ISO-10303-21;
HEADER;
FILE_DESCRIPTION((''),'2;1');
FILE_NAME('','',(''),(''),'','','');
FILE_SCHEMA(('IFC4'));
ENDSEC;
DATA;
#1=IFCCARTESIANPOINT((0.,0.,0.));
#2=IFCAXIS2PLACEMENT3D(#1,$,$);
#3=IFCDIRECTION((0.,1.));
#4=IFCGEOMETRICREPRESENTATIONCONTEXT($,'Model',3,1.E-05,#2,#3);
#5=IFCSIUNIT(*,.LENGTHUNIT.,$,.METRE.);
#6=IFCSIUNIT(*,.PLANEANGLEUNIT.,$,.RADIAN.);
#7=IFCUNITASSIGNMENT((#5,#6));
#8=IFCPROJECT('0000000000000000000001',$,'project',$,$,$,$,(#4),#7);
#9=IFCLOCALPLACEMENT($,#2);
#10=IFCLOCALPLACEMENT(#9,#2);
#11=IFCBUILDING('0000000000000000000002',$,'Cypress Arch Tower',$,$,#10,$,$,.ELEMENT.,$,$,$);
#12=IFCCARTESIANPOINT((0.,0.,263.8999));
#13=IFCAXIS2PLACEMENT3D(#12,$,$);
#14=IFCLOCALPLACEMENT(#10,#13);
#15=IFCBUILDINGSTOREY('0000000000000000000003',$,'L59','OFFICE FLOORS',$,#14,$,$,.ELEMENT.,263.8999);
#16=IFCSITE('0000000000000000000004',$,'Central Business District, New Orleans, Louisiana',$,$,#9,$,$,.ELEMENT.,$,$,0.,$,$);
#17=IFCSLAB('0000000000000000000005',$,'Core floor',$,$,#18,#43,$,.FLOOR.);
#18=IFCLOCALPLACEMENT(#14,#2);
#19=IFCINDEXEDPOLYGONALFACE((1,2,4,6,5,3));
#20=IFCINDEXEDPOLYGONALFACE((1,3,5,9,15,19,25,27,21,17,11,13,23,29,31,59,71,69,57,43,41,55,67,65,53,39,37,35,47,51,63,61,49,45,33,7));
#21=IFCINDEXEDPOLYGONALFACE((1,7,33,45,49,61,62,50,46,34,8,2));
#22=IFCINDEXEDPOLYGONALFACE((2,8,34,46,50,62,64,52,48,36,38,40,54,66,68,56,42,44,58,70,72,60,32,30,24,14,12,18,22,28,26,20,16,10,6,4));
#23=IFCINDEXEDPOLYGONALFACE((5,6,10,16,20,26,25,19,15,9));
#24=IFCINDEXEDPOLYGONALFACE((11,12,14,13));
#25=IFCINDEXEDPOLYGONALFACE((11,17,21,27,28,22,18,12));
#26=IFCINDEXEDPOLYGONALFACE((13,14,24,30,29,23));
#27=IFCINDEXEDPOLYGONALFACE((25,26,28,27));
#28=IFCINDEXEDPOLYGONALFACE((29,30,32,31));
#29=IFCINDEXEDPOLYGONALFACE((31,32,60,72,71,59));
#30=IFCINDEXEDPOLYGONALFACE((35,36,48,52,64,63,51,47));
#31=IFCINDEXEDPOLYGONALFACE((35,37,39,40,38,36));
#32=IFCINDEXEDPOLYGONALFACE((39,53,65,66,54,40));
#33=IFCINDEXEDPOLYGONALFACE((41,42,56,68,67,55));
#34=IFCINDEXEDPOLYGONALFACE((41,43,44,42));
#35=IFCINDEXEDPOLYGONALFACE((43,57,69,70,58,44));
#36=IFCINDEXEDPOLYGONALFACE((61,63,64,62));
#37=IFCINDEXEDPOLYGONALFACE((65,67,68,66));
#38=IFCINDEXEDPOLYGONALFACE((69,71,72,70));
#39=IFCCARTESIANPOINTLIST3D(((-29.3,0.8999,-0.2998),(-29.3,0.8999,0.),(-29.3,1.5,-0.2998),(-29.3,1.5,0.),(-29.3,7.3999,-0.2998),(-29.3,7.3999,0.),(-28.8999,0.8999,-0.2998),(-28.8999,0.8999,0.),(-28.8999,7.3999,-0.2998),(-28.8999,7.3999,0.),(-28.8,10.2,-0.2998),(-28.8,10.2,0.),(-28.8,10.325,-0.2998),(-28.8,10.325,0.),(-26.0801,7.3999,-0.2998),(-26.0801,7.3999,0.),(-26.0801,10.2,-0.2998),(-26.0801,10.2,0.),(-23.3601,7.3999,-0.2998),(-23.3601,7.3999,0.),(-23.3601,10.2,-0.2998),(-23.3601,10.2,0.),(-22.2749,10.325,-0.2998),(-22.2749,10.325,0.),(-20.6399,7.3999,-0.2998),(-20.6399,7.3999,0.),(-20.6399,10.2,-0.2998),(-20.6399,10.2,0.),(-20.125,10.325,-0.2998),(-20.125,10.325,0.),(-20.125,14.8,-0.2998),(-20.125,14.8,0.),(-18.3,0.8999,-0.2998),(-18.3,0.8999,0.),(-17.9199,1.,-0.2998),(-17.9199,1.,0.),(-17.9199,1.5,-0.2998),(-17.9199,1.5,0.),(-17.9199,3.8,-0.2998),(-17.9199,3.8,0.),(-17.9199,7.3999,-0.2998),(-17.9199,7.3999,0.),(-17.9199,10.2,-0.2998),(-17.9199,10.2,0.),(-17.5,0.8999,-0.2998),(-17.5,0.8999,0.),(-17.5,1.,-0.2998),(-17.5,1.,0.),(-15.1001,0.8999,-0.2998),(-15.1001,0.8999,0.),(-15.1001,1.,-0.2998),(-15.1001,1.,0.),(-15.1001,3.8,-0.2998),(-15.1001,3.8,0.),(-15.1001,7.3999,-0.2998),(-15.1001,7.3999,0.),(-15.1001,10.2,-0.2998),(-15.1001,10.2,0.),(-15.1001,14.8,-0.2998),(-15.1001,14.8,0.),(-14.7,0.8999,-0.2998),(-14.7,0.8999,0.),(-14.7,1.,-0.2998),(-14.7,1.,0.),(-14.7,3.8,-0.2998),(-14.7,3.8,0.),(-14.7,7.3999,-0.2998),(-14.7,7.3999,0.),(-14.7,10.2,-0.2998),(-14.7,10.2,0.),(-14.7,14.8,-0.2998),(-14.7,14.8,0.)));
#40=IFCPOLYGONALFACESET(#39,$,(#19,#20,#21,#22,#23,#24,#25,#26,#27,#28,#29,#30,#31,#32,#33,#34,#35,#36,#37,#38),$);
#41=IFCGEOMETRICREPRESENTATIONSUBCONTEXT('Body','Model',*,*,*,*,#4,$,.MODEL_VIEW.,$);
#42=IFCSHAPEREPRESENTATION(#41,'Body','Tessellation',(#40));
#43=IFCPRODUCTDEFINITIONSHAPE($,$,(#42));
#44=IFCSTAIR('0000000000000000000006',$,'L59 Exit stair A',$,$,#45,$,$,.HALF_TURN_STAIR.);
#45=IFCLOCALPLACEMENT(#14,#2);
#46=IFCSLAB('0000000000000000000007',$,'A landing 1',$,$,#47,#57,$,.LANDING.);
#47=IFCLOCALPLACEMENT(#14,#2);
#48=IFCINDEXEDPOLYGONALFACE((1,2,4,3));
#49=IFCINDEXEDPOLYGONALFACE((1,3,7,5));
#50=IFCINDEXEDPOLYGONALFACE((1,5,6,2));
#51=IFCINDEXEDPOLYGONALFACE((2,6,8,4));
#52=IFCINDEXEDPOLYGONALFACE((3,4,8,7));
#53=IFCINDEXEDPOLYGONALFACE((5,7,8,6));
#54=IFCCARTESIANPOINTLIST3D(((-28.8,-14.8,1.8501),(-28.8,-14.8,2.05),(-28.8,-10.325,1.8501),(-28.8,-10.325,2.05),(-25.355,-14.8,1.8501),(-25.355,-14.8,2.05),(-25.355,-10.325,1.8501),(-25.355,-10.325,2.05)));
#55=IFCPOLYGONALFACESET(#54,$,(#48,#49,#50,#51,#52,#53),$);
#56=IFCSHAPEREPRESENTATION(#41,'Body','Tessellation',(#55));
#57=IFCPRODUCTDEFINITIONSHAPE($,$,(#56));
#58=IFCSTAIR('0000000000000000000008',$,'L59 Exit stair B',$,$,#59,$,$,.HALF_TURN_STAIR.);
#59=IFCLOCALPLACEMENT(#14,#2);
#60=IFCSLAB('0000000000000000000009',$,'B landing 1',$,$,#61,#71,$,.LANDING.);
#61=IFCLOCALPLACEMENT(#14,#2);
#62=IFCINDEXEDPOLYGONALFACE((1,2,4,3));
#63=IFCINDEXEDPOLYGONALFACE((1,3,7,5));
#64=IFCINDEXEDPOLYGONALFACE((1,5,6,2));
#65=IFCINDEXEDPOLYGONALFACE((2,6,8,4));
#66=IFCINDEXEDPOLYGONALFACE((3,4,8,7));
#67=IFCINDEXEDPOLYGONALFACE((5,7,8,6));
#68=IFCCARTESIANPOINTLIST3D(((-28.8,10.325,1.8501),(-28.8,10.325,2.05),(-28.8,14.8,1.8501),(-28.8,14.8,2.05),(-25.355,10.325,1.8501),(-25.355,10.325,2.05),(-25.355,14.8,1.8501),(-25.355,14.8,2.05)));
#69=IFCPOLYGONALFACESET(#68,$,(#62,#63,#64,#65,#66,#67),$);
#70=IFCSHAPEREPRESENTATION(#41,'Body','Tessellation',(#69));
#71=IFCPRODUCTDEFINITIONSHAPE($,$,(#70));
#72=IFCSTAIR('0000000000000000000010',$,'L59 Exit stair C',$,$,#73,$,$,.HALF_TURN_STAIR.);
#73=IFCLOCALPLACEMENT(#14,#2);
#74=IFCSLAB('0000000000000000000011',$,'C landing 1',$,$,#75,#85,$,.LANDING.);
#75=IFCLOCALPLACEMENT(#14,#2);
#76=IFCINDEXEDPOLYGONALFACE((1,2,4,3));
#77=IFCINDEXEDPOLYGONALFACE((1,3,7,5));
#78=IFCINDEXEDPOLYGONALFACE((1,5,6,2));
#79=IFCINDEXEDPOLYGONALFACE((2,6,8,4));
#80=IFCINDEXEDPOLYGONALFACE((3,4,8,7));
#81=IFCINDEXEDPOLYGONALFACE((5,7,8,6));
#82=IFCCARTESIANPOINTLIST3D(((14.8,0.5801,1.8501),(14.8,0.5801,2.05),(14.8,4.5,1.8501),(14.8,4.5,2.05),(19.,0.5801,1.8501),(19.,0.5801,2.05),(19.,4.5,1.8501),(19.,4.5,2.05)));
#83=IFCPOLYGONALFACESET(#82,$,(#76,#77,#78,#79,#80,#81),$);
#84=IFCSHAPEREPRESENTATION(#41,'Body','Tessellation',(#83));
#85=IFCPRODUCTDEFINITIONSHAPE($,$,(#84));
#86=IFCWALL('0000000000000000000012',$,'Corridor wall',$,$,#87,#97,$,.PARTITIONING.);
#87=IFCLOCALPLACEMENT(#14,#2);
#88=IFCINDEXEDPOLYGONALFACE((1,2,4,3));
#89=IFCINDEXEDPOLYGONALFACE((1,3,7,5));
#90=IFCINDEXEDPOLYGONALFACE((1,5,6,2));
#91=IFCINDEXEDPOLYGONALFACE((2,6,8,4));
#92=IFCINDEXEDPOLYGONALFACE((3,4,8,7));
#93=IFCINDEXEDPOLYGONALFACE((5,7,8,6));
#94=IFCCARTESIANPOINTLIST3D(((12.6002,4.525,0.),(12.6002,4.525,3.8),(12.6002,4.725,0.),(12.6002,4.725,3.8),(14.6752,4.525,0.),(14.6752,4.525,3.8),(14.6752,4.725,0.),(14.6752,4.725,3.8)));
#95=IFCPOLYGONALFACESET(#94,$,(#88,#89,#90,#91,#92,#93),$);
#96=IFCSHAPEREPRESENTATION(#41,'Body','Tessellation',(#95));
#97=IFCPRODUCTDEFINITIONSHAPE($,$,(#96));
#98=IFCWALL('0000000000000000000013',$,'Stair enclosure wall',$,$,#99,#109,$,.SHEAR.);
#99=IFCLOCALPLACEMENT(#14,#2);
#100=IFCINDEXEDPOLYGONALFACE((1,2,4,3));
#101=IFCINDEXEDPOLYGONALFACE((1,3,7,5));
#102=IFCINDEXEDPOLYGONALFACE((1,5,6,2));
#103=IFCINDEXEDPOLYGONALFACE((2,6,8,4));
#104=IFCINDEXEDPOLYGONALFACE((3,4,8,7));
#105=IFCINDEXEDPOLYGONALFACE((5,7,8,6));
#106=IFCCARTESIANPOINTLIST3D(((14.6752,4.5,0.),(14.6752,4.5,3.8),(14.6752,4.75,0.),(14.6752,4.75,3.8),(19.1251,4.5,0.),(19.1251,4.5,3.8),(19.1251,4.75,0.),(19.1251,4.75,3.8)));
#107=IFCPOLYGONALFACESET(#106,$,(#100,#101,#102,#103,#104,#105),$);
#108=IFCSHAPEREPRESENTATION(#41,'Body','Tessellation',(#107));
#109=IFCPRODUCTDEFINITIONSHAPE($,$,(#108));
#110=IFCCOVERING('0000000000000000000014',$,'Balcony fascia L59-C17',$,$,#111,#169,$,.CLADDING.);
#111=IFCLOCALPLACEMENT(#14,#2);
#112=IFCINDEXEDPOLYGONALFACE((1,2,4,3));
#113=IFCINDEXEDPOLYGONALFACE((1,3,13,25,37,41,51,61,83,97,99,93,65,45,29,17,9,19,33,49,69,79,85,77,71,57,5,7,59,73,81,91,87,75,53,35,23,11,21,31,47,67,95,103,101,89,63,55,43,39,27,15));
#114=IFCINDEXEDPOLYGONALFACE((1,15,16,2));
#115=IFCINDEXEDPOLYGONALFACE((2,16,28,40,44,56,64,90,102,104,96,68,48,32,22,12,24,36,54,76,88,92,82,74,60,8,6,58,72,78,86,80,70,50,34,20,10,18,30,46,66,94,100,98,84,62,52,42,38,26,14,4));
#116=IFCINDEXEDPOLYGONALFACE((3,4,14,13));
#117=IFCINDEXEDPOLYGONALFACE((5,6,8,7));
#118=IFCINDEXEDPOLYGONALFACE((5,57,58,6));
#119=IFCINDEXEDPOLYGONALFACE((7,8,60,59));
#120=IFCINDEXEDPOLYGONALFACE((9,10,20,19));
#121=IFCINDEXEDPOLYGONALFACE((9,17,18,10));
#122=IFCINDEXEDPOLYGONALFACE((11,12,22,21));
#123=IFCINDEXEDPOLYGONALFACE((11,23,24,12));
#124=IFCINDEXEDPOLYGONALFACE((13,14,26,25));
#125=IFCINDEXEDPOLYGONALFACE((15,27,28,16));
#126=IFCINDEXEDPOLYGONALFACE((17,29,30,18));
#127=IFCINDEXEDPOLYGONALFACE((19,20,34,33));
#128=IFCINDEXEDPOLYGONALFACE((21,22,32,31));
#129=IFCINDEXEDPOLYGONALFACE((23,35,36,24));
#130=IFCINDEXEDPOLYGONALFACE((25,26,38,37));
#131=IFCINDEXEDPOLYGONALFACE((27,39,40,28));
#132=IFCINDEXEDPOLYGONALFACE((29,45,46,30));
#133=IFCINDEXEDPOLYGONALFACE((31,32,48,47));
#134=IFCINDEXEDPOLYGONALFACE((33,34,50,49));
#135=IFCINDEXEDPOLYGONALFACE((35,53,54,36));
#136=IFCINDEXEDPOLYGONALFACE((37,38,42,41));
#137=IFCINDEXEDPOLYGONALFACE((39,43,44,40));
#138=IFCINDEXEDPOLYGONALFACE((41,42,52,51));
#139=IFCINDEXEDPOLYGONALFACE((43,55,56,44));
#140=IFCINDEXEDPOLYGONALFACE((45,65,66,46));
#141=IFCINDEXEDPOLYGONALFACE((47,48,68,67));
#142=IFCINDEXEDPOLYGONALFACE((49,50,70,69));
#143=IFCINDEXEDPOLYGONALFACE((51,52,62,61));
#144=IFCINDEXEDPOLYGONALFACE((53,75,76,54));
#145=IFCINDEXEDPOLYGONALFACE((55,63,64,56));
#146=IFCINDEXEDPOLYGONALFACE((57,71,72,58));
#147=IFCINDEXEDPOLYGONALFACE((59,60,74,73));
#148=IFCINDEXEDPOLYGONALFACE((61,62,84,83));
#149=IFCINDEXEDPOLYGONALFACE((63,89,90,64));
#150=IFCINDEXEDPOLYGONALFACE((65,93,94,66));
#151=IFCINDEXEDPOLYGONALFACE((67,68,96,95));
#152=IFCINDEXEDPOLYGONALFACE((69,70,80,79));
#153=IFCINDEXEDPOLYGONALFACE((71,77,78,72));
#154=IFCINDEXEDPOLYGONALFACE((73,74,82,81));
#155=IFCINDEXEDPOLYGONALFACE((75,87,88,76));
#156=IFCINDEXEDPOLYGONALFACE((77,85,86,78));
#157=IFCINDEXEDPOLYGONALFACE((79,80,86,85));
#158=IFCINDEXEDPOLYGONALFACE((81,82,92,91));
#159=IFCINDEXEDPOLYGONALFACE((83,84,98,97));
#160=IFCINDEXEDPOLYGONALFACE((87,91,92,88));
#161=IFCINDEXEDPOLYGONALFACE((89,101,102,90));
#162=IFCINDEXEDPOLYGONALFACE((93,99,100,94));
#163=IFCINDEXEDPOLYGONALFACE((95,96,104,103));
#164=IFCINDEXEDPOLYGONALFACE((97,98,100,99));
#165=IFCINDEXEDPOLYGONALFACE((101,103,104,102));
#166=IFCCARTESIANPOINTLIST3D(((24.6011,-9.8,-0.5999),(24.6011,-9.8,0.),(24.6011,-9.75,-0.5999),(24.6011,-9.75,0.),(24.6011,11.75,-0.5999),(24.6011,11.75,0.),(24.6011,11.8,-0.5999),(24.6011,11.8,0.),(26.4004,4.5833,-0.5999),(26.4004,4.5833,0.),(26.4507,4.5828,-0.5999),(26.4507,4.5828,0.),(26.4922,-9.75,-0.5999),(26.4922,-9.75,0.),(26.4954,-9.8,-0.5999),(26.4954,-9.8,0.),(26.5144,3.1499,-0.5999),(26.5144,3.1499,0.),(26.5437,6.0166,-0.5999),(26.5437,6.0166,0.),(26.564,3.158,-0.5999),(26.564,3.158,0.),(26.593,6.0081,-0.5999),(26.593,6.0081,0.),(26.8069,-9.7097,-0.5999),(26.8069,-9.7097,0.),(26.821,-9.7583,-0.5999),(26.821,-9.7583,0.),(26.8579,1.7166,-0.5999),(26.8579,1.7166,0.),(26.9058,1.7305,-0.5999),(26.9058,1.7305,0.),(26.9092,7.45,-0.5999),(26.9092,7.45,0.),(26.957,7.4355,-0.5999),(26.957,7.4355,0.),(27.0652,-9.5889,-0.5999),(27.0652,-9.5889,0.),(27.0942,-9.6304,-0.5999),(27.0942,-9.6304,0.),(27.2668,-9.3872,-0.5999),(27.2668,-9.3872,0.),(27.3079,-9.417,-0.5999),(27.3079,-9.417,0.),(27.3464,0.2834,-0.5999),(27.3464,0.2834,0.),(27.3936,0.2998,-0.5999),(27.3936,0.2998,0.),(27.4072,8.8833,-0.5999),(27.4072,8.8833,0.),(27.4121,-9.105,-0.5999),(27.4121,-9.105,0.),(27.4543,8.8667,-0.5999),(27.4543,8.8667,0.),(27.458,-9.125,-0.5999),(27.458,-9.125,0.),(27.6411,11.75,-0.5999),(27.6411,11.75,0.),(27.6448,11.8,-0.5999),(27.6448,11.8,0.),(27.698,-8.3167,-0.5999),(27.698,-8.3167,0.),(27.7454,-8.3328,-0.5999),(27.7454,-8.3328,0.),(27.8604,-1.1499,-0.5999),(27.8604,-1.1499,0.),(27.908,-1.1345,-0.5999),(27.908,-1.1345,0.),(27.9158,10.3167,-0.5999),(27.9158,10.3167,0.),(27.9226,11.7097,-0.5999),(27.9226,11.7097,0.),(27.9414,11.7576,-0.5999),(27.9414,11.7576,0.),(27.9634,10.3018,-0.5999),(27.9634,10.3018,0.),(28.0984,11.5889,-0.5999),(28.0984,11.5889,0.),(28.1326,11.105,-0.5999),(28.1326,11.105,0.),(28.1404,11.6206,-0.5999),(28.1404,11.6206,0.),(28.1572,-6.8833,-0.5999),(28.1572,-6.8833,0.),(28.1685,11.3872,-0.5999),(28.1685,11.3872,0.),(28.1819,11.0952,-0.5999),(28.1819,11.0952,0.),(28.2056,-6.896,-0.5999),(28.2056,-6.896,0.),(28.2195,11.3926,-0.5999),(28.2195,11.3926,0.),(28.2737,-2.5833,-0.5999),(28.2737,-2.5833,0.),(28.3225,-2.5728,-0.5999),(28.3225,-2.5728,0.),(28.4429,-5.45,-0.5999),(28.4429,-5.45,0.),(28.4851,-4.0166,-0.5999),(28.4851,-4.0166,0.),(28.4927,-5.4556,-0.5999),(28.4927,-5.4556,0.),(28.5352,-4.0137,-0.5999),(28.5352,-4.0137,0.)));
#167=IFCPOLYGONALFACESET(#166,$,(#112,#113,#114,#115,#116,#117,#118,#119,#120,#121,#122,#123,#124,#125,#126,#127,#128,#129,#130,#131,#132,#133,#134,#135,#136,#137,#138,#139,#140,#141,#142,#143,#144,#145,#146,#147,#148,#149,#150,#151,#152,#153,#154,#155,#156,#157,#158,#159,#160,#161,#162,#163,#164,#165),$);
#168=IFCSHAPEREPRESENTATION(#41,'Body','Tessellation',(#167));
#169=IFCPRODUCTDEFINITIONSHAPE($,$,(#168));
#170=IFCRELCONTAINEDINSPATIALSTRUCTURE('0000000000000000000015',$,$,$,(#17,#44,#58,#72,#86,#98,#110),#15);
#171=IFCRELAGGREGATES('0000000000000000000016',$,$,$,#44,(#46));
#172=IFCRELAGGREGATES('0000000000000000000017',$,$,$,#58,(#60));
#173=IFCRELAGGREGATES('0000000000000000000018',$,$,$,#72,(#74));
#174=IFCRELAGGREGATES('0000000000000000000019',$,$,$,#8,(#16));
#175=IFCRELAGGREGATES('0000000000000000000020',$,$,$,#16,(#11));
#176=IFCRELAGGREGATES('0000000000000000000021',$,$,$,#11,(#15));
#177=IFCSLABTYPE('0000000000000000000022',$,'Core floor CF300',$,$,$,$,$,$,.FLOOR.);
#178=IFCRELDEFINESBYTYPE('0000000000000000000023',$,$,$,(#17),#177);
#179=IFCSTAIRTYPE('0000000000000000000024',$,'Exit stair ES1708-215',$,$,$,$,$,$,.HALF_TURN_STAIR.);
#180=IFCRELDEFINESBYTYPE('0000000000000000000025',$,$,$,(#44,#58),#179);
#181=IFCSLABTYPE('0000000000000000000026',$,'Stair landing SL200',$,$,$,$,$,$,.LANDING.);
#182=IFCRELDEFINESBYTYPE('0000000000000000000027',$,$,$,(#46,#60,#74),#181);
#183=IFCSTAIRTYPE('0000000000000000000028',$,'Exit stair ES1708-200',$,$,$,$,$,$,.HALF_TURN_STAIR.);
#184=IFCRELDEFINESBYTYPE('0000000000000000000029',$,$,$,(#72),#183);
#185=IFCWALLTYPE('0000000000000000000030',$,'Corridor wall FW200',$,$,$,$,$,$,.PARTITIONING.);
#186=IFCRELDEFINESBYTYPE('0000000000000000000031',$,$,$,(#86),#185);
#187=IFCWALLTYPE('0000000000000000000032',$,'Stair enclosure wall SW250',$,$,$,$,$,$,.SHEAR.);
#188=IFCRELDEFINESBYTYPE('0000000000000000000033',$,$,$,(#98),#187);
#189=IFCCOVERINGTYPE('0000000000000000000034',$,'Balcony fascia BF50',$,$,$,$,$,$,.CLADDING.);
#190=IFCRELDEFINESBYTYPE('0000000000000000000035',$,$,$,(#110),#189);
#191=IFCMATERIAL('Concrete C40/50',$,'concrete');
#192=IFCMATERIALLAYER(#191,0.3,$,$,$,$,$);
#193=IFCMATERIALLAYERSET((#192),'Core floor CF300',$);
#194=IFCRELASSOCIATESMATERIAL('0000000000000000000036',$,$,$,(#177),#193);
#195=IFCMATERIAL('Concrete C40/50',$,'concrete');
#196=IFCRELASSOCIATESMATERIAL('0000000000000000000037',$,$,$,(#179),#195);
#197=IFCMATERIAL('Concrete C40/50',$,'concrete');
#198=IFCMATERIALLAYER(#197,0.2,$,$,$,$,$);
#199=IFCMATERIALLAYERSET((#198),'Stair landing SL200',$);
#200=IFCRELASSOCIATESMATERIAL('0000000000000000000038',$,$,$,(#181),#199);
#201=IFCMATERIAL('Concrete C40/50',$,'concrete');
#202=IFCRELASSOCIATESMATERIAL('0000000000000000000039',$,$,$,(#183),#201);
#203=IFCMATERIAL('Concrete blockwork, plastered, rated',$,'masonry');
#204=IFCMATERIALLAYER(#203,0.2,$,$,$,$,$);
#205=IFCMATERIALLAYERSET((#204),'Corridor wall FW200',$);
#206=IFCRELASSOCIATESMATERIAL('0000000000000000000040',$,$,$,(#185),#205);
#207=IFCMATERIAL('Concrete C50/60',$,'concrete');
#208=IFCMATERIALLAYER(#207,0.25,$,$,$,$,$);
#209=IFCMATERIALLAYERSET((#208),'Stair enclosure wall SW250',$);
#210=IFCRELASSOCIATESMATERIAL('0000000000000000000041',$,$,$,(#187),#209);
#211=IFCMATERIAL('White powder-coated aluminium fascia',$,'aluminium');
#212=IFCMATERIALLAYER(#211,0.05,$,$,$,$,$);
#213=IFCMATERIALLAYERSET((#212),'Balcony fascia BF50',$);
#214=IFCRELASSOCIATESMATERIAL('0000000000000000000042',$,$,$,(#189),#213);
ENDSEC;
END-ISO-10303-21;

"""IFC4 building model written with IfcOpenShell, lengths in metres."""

from ifc_helpers import new_model, si_unit, direction, frame, frame_2d, origin, place, context, subcontext, project, spatial, polyline, rectangle, outline, extrude, material, layer, layer_set, type_object, element, aggregate, save


model = new_model("IFC4")

# Units and contexts
model_context = context("Model", 3, precision=1e-05, world=origin(), true_north=direction((0.0, 1.0)))
body_context = subcontext(model_context, "Body", "Model", "MODEL_VIEW")
ifc_project = project(units=[si_unit("LENGTHUNIT", "METRE"), si_unit("PLANEANGLEUNIT", "RADIAN")], contexts=[model_context])

# Site, building, storey
site_placement = place(None, origin())
site = spatial("IfcSite", under=ifc_project, at=site_placement, Name="Central Business District, New Orleans, Louisiana", CompositionType="ELEMENT", RefElevation=0.0)
building_placement = place(site_placement, origin())
building = spatial("IfcBuilding", under=site, at=building_placement, Name="Cypress Arch Tower", CompositionType="ELEMENT")
storey_placement = place(building_placement, frame((0.0, 0.0, 263.8999)))
storey = spatial("IfcBuildingStorey", under=building, at=storey_placement, Name="L59", Description="OFFICE FLOORS", CompositionType="ELEMENT", Elevation=263.8999)

# Slab
ifc_material_1 = material(Name="Concrete C40/50", Category="concrete")
ifc_layer_1 = layer(ifc_material_1, 0.3)
ifc_layer_set_1 = layer_set([ifc_layer_1], Name="Core floor CF300")
slab_type_1 = type_object("IfcSlabType", Name="Core floor CF300", PredefinedType="FLOOR", material=ifc_layer_set_1)
slab_1_placement = place(storey_placement, frame((0.0, 0.0, -0.2998)))
element("IfcSlab", 1, at=slab_1_placement, inside=storey, type_object=slab_type_1, Name="Core floor", PredefinedType="FLOOR", context=body_context, shape_type="SweptSolid", body=[
    extrude(outline(polyline([(-20.6399, 10.2), (-23.3601, 10.2), (-26.0801, 10.2), (-28.8, 10.2), (-28.8, 10.325), (-22.2749, 10.325), (-20.125, 10.325), (-20.125, 14.8), (-15.1001, 14.8), (-14.7, 14.8), (-14.7, 10.2), (-15.1001, 10.2), (-17.9199, 10.2), (-17.9199, 7.3999), (-15.1001, 7.3999), (-14.7, 7.3999), (-14.7, 3.8), (-15.1001, 3.8), (-17.9199, 3.8), (-17.9199, 1.5), (-17.9199, 1.0), (-17.5, 1.0), (-15.1001, 1.0), (-14.7, 1.0), (-14.7, 0.8999), (-15.1001, 0.8999), (-17.5, 0.8999), (-18.3, 0.8999), (-28.8999, 0.8999), (-29.3, 0.8999), (-29.3, 1.5), (-29.3, 7.3999), (-28.8999, 7.3999), (-26.0801, 7.3999), (-23.3601, 7.3999), (-20.6399, 7.3999), (-20.6399, 10.2)])), origin(), (0.0, 0.0, 1.0), 0.2998),
])

# Stairs, slabs
ifc_material_2 = material(Name="Concrete C40/50", Category="concrete")
stair_type_1 = type_object("IfcStairType", Name="Exit stair ES1708-215", PredefinedType="HALF_TURN_STAIR", material=ifc_material_2)
stair_1_placement = place(storey_placement, origin())
stair_1 = element("IfcStair", 2, at=stair_1_placement, inside=storey, type_object=stair_type_1, Name="L59 Exit stair A", PredefinedType="HALF_TURN_STAIR")
ifc_material_3 = material(Name="Concrete C40/50", Category="concrete")
ifc_layer_2 = layer(ifc_material_3, 0.2)
ifc_layer_set_2 = layer_set([ifc_layer_2], Name="Stair landing SL200")
slab_type_2 = type_object("IfcSlabType", Name="Stair landing SL200", PredefinedType="LANDING", material=ifc_layer_set_2)
slab_2_placement = place(storey_placement, frame((0.0, 0.0, 1.8501)))
slab_2 = element("IfcSlab", 3, at=slab_2_placement, type_object=slab_type_2, Name="A landing 1", PredefinedType="LANDING", context=body_context, shape_type="SweptSolid", body=[
    extrude(outline(polyline([(-25.355, -10.325), (-28.8, -10.325), (-28.8, -14.8), (-25.355, -14.8), (-25.355, -10.325)])), origin(), (0.0, 0.0, 1.0), 0.2),
])
aggregate(stair_1, [slab_2])
stair_2_placement = place(storey_placement, origin())
stair_2 = element("IfcStair", 4, at=stair_2_placement, inside=storey, type_object=stair_type_1, Name="L59 Exit stair B", PredefinedType="HALF_TURN_STAIR")
slab_3_placement = place(storey_placement, frame((0.0, 0.0, 1.8501)))
slab_3 = element("IfcSlab", 5, at=slab_3_placement, type_object=slab_type_2, Name="B landing 1", PredefinedType="LANDING", context=body_context, shape_type="SweptSolid", body=[
    extrude(outline(polyline([(-25.355, 14.8), (-28.8, 14.8), (-28.8, 10.325), (-25.355, 10.325), (-25.355, 14.8)])), origin(), (0.0, 0.0, 1.0), 0.2),
])
aggregate(stair_2, [slab_3])
ifc_material_4 = material(Name="Concrete C40/50", Category="concrete")
stair_type_2 = type_object("IfcStairType", Name="Exit stair ES1708-200", PredefinedType="HALF_TURN_STAIR", material=ifc_material_4)
stair_3_placement = place(storey_placement, origin())
stair_3 = element("IfcStair", 6, at=stair_3_placement, inside=storey, type_object=stair_type_2, Name="L59 Exit stair C", PredefinedType="HALF_TURN_STAIR")
slab_4_placement = place(storey_placement, frame((0.0, 0.0, 1.8501)))
slab_4 = element("IfcSlab", 7, at=slab_4_placement, type_object=slab_type_2, Name="C landing 1", PredefinedType="LANDING", context=body_context, shape_type="SweptSolid", body=[
    extrude(outline(polyline([(19.0, 0.5801), (19.0, 4.5), (14.8, 4.5), (14.8, 0.5801), (19.0, 0.5801)])), origin(), (0.0, 0.0, 1.0), 0.2),
])
aggregate(stair_3, [slab_4])

# Walls
ifc_material_5 = material(Name="Concrete blockwork, plastered, rated", Category="masonry")
ifc_layer_3 = layer(ifc_material_5, 0.2)
ifc_layer_set_3 = layer_set([ifc_layer_3], Name="Corridor wall FW200")
wall_type_1 = type_object("IfcWallType", Name="Corridor wall FW200", PredefinedType="PARTITIONING", material=ifc_layer_set_3)
wall_1_placement = place(storey_placement, frame((12.6001, 4.625, 0.0), z_axis=(0.0, 0.0, 1.0), x_axis=(1.0, 0.0, 0.0)))
element("IfcWall", 8, at=wall_1_placement, inside=storey, type_object=wall_type_1, Name="Corridor wall", PredefinedType="PARTITIONING", context=body_context, shape_type="SweptSolid", body=[
    extrude(rectangle(XDim=2.075, YDim=0.2, at=frame_2d((1.0376, 0.0))), origin(), (0.0, 0.0, 1.0), 3.8),
])
ifc_material_6 = material(Name="Concrete C50/60", Category="concrete")
ifc_layer_4 = layer(ifc_material_6, 0.25)
ifc_layer_set_4 = layer_set([ifc_layer_4], Name="Stair enclosure wall SW250")
wall_type_2 = type_object("IfcWallType", Name="Stair enclosure wall SW250", PredefinedType="SHEAR", material=ifc_layer_set_4)
wall_2_placement = place(storey_placement, frame((14.675, 4.625, 0.0), z_axis=(0.0, 0.0, 1.0), x_axis=(1.0, 0.0, 0.0)))
element("IfcWall", 9, at=wall_2_placement, inside=storey, type_object=wall_type_2, Name="Stair enclosure wall", PredefinedType="SHEAR", context=body_context, shape_type="SweptSolid", body=[
    extrude(rectangle(XDim=4.45, YDim=0.25, at=frame_2d((2.2251, 0.0))), origin(), (0.0, 0.0, 1.0), 3.8),
])

# Covering
ifc_material_7 = material(Name="White powder-coated aluminium fascia", Category="aluminium")
ifc_layer_5 = layer(ifc_material_7, 0.05)
ifc_layer_set_5 = layer_set([ifc_layer_5], Name="Balcony fascia BF50")
covering_type_1 = type_object("IfcCoveringType", Name="Balcony fascia BF50", PredefinedType="CLADDING", material=ifc_layer_set_5)
covering_1_placement = place(storey_placement, frame((0.0, 0.0, -0.5999)))
element("IfcCovering", 10, at=covering_1_placement, inside=storey, type_object=covering_type_1, Name="Balcony fascia L59-C17", PredefinedType="CLADDING", context=body_context, shape_type="SweptSolid", body=[
    extrude(outline(polyline([(27.6448, 11.8), (27.9414, 11.7576), (28.1404, 11.6206), (28.2195, 11.3926), (28.1819, 11.0952), (27.9634, 10.3018), (27.4543, 8.8667), (26.957, 7.4355), (26.593, 6.0081), (26.4507, 4.5828), (26.564, 3.158), (26.9058, 1.7305), (27.3936, 0.2998), (27.908, -1.1345), (28.3225, -2.5728), (28.5352, -4.0137), (28.4927, -5.4556), (28.2056, -6.896), (27.7454, -8.3328), (27.458, -9.125), (27.3079, -9.417), (27.0942, -9.6304), (26.821, -9.7583), (26.4954, -9.8), (24.6011, -9.8), (24.6011, -9.75), (26.4922, -9.75), (26.8069, -9.7097), (27.0652, -9.5889), (27.2668, -9.3872), (27.4121, -9.105), (27.698, -8.3167), (28.1572, -6.8833), (28.4429, -5.45), (28.4851, -4.0166), (28.2737, -2.5833), (27.8604, -1.1499), (27.3464, 0.2834), (26.8579, 1.7166), (26.5144, 3.1499), (26.4004, 4.5833), (26.5437, 6.0166), (26.9092, 7.45), (27.4072, 8.8833), (27.9158, 10.3167), (28.1326, 11.105), (28.1685, 11.3872), (28.0984, 11.5889), (27.9226, 11.7097), (27.6411, 11.75), (24.6011, 11.75), (24.6011, 11.8), (27.6448, 11.8)])), origin(), (0.0, 0.0, 1.0), 0.5999),
])

save(model, "model.ifc")
